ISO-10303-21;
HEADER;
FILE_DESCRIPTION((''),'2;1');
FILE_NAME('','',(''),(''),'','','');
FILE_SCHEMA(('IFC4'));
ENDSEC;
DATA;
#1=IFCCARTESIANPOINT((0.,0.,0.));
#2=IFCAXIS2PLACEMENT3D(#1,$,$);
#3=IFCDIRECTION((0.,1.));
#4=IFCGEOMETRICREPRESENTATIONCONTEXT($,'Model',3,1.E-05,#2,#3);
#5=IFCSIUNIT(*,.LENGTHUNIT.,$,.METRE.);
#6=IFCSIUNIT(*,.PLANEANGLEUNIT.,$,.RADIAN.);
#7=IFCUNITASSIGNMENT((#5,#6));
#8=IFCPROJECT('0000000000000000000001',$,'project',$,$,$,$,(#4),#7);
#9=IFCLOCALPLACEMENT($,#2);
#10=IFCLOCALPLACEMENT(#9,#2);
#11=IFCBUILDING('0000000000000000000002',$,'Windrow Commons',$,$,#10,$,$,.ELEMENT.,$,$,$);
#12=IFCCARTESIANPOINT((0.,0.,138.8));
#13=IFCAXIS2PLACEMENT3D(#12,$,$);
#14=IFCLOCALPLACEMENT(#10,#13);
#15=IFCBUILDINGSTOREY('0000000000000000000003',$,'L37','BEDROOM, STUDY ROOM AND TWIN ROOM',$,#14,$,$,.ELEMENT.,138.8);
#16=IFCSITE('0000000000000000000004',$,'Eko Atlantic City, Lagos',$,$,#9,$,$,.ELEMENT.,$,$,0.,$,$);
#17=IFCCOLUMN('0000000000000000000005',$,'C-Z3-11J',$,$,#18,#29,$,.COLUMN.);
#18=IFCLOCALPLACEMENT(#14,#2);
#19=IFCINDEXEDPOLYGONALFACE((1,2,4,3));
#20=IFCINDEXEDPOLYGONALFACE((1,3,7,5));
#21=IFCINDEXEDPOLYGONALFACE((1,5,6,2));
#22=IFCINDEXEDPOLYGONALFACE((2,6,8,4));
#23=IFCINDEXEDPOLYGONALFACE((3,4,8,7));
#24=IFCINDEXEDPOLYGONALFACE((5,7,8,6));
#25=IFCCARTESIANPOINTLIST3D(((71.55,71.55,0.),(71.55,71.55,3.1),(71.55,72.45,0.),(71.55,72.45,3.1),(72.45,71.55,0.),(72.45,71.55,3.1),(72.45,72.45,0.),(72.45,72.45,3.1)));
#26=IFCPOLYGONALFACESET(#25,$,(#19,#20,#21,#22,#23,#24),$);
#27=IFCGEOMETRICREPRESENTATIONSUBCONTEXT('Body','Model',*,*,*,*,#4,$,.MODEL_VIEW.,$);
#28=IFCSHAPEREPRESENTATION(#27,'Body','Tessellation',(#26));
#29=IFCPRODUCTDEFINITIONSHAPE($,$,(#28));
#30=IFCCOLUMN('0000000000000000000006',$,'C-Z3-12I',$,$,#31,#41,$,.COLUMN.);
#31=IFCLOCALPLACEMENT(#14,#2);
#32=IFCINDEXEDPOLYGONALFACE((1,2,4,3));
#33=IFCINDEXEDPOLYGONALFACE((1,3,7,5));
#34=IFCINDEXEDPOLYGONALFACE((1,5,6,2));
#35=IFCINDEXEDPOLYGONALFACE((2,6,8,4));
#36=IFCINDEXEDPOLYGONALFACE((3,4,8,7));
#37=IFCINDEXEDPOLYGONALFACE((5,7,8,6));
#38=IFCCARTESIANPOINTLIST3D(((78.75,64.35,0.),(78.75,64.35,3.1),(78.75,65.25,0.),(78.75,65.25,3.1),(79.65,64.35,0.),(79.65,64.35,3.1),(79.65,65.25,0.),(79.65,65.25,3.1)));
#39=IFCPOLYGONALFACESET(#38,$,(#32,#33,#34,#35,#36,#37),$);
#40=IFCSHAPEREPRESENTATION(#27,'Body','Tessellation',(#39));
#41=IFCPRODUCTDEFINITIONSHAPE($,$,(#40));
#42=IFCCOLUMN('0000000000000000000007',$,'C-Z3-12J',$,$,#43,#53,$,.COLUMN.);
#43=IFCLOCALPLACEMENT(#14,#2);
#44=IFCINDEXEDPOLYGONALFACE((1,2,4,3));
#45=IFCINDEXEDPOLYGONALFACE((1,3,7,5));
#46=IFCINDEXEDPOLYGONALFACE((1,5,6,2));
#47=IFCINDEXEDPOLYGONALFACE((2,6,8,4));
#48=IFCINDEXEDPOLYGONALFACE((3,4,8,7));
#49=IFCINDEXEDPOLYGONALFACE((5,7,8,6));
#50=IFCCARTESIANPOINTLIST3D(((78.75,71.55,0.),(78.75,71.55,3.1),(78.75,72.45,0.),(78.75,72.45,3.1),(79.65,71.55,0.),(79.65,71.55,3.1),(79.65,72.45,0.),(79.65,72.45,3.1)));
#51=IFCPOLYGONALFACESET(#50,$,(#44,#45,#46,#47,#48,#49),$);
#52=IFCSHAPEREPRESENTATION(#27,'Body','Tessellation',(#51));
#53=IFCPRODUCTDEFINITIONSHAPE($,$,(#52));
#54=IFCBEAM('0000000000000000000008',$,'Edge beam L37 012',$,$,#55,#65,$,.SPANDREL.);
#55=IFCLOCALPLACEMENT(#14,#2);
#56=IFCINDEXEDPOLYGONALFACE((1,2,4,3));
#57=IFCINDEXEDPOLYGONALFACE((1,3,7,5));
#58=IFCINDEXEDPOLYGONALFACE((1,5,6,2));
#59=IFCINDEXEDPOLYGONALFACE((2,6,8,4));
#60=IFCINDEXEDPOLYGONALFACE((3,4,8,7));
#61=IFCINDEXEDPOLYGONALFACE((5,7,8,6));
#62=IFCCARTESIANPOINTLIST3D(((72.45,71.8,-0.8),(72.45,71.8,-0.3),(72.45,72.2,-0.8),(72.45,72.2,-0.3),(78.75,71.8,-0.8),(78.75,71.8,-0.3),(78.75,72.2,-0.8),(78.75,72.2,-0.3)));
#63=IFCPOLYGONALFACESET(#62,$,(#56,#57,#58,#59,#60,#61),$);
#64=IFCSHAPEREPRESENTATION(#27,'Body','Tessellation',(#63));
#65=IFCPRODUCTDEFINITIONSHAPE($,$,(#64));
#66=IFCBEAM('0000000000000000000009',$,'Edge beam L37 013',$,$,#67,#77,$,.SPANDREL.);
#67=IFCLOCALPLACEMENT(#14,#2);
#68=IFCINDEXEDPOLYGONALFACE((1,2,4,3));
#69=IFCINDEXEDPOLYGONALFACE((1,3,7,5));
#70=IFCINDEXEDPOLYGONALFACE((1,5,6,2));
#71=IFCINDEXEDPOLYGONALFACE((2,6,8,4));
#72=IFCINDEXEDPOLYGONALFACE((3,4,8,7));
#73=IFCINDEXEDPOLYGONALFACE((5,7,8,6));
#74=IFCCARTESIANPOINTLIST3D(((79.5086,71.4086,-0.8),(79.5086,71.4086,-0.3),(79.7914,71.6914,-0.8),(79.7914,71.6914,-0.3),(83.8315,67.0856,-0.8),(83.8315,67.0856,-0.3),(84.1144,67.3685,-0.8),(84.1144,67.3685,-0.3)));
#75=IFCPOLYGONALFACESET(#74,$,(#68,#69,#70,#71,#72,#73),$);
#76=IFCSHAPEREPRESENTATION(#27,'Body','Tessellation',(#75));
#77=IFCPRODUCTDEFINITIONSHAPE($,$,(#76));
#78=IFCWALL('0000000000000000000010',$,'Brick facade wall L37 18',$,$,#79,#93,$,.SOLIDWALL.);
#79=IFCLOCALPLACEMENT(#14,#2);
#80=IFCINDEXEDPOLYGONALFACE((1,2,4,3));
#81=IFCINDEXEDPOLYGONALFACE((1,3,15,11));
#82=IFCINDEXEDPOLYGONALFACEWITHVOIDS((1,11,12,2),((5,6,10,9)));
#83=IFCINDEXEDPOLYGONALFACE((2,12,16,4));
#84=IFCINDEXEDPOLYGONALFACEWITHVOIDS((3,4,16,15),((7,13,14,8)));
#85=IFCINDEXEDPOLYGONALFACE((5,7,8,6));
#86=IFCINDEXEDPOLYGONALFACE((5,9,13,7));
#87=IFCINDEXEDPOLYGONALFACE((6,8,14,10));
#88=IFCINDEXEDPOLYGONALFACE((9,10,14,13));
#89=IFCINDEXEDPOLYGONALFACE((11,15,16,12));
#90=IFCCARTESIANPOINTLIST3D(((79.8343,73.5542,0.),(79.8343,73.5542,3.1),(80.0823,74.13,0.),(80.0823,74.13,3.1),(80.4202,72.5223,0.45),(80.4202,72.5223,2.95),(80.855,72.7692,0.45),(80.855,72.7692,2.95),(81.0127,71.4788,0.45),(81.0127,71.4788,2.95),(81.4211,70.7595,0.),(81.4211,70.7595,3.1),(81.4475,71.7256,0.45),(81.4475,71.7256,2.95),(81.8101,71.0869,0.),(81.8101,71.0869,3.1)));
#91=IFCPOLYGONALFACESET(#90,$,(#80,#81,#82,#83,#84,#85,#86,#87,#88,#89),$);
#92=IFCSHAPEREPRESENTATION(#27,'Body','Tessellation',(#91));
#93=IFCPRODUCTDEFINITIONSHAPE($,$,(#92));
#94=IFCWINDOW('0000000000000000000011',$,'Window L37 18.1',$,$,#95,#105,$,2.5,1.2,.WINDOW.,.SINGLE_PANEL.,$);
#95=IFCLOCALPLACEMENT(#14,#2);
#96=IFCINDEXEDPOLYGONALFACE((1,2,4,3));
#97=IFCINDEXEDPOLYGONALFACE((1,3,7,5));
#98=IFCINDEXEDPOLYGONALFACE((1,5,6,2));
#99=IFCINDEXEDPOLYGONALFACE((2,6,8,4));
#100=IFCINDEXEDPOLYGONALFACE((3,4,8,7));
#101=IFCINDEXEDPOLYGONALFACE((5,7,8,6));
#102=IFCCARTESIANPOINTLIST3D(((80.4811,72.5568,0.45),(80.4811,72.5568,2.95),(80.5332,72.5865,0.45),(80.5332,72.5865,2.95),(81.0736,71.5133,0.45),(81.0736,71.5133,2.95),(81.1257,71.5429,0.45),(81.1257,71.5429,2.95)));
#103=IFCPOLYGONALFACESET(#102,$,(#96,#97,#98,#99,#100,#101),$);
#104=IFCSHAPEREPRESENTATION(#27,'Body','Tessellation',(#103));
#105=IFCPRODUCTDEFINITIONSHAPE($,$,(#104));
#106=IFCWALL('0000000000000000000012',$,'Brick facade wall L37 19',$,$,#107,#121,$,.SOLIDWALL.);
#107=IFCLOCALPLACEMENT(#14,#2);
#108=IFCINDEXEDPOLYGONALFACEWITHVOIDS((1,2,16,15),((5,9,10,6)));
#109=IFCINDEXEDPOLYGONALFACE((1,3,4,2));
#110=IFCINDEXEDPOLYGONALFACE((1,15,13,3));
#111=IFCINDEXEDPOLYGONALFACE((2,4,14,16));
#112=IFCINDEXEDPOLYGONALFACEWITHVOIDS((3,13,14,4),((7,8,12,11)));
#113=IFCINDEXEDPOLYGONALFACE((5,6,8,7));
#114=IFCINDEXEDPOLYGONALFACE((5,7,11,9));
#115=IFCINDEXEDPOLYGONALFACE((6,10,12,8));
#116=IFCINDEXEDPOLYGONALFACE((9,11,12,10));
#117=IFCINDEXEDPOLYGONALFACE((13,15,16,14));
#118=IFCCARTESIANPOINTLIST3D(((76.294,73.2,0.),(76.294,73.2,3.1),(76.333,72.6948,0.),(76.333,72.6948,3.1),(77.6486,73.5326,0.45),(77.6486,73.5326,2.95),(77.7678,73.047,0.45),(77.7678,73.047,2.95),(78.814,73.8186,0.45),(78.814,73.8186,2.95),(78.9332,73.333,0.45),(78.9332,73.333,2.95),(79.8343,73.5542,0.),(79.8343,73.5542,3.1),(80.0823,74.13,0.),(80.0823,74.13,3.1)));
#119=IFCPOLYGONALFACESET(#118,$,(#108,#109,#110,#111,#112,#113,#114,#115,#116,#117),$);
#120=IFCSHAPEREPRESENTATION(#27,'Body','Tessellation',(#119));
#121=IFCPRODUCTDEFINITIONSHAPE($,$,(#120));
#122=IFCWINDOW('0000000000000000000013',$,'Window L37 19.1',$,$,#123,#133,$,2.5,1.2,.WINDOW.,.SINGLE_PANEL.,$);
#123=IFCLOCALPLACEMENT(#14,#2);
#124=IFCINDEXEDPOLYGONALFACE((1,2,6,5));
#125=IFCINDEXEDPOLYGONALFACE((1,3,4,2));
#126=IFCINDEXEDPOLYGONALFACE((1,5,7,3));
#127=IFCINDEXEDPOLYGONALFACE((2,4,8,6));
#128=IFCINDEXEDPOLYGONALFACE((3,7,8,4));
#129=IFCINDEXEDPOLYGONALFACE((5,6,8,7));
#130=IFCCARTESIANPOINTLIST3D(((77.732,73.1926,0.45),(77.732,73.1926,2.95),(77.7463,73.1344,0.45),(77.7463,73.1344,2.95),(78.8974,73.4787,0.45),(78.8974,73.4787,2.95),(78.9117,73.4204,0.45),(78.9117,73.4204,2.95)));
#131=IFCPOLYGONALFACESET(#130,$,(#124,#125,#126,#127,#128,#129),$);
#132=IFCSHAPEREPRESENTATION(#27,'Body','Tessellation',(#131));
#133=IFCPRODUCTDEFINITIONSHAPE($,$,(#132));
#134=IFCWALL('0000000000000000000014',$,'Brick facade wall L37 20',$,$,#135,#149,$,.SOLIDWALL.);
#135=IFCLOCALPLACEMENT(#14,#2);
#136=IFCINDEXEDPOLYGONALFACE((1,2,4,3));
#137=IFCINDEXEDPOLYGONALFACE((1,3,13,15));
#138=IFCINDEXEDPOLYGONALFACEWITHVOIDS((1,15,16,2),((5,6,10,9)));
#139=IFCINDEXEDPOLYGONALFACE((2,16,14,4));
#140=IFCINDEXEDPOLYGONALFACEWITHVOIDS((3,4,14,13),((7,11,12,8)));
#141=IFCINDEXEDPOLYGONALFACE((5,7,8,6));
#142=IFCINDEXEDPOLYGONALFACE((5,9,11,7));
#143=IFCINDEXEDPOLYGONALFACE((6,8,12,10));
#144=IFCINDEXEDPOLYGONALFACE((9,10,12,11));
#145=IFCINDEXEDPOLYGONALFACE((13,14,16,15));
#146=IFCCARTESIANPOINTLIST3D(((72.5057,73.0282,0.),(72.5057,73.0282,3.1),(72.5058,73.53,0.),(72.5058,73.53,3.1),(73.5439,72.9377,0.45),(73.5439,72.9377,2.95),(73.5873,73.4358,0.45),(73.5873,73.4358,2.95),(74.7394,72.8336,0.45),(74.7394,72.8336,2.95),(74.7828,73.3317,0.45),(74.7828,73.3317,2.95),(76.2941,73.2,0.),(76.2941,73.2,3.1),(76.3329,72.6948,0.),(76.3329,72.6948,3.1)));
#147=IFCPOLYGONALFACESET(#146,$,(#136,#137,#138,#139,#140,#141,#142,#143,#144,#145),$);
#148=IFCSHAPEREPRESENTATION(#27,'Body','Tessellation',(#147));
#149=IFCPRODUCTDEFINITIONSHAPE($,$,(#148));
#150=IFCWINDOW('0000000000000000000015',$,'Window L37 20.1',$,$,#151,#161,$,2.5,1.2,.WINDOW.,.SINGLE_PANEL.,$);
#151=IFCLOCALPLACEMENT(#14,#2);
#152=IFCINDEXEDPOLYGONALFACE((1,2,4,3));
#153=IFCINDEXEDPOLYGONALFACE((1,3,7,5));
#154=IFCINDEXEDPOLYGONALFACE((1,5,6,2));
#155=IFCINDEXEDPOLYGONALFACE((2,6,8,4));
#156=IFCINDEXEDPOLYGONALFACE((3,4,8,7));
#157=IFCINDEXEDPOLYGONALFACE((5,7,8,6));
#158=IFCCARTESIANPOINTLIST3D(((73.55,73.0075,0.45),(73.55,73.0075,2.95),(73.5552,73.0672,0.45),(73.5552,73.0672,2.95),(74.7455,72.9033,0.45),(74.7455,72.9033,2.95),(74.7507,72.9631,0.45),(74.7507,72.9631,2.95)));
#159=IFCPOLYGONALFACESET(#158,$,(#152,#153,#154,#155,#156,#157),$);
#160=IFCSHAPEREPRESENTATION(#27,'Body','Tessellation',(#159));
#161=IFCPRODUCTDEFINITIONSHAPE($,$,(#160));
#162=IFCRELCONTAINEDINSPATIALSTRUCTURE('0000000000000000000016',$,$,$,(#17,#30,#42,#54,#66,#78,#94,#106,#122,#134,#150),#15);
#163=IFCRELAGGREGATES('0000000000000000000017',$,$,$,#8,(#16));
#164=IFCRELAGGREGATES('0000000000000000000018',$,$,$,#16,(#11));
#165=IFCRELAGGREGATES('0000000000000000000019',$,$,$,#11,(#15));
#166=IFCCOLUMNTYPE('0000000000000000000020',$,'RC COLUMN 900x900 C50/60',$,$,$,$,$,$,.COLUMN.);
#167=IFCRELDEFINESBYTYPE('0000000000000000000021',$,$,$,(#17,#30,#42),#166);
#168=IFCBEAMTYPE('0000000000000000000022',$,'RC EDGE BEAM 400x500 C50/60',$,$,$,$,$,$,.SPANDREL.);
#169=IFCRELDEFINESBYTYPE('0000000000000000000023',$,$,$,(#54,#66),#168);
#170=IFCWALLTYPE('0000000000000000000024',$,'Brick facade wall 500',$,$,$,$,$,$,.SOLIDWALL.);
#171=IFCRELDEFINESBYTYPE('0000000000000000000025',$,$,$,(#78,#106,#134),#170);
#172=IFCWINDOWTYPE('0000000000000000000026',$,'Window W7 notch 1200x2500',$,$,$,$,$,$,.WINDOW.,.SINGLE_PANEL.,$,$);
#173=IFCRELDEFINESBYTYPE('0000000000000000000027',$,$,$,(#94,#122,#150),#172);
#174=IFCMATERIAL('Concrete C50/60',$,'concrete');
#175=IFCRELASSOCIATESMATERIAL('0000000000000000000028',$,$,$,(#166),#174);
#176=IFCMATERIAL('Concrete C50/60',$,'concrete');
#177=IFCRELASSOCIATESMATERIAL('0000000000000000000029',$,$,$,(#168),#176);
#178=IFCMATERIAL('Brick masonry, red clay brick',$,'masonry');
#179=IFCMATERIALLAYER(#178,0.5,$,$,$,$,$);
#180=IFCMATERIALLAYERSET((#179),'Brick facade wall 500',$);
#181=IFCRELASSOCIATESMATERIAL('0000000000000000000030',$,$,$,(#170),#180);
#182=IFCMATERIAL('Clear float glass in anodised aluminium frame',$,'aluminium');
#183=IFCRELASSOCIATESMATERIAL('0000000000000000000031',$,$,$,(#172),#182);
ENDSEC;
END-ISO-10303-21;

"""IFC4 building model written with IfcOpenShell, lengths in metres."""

from ifc_helpers import new_model, si_unit, direction, frame, frame_2d, origin, origin_2d, place, context, subcontext, project, spatial, polyline, rectangle, outline, extrude, material, layer, layer_set, material_profile, profile_set, type_object, element, fill, save


model = new_model("IFC4")

# Units and contexts
model_context = context("Model", 3, precision=1e-05, world=origin(), true_north=direction((0.0, 1.0)))
body_context = subcontext(model_context, "Body", "Model", "MODEL_VIEW")
ifc_project = project(units=[si_unit("LENGTHUNIT", "METRE"), si_unit("PLANEANGLEUNIT", "RADIAN")], contexts=[model_context])

# Site, building, storey
site_placement = place(None, origin())
site = spatial("IfcSite", under=ifc_project, at=site_placement, Name="Eko Atlantic City, Lagos", CompositionType="ELEMENT", RefElevation=0.0)
building_placement = place(site_placement, origin())
building = spatial("IfcBuilding", under=site, at=building_placement, Name="Windrow Commons", CompositionType="ELEMENT")
storey_placement = place(building_placement, frame((0.0, 0.0, 138.8)))
storey = spatial("IfcBuildingStorey", under=building, at=storey_placement, Name="L37", Description="BEDROOM, STUDY ROOM AND TWIN ROOM", CompositionType="ELEMENT", Elevation=138.8)

# Columns
ifc_material_1 = material(Name="Concrete C50/60", Category="concrete")
ifc_material_profile_1 = material_profile(ifc_material_1, rectangle(XDim=0.9, YDim=0.9, at=origin_2d()))
ifc_profile_set_1 = profile_set([ifc_material_profile_1], Name="Concrete C50/60")
column_type = type_object("IfcColumnType", Name="RC COLUMN 900x900 C50/60", PredefinedType="COLUMN", material=ifc_profile_set_1)
for number, where, z_axis, x_axis, name in (
    (1, (72.0, 72.0, 0.0), (0.0, 0.0, 1.0), (1.0, 0.0, 0.0), "C-Z3-11J"),
    (2, (79.2, 64.8, 0.0), (0.0, 0.0, 1.0), (1.0, 0.0, 0.0), "C-Z3-12I"),
    (3, (79.2, 72.0, 0.0), (0.0, 0.0, 1.0), (1.0, 0.0, 0.0), "C-Z3-12J"),
):
    element("IfcColumn", number, at=place(storey_placement, frame(where, z_axis=z_axis, x_axis=x_axis)), inside=storey, type_object=column_type, Name=name, PredefinedType="COLUMN", context=body_context, shape_type="SweptSolid", body=[
        extrude(rectangle(XDim=0.9, YDim=0.9, at=origin_2d()), origin(), (0.0, 0.0, 1.0), 3.1),
    ])

# Beams
ifc_material_2 = material(Name="Concrete C50/60", Category="concrete")
ifc_material_profile_2 = material_profile(ifc_material_2, rectangle(XDim=0.4, YDim=0.5, at=origin_2d()))
ifc_profile_set_2 = profile_set([ifc_material_profile_2], Name="Concrete C50/60")
beam_type = type_object("IfcBeamType", Name="RC EDGE BEAM 400x500 C50/60", PredefinedType="SPANDREL", material=ifc_profile_set_2)
beam_1_placement = place(storey_placement, frame((72.45, 72.0, -0.55), z_axis=(1.0, 0.0, 0.0), x_axis=(0.0, 1.0, 0.0)))
element("IfcBeam", 4, at=beam_1_placement, inside=storey, type_object=beam_type, Name="Edge beam L37 012", PredefinedType="SPANDREL", context=body_context, shape_type="SweptSolid", body=[
    extrude(rectangle(XDim=0.4, YDim=0.5, at=origin_2d()), origin(), (0.0, 0.0, 1.0), 6.3),
])
beam_2_placement = place(storey_placement, frame((79.65, 71.55, -0.55), z_axis=(0.707107, -0.707107, 0.0), x_axis=(0.707107, 0.707107, 0.0)))
element("IfcBeam", 5, at=beam_2_placement, inside=storey, type_object=beam_type, Name="Edge beam L37 013", PredefinedType="SPANDREL", context=body_context, shape_type="SweptSolid", body=[
    extrude(rectangle(XDim=0.4, YDim=0.5, at=origin_2d()), origin(), (0.0, 0.0, 1.0), 6.1136),
])

# Walls, openings, windows
ifc_material_3 = material(Name="Brick masonry, red clay brick", Category="masonry")
ifc_layer_1 = layer(ifc_material_3, 0.5)
ifc_layer_set_1 = layer_set([ifc_layer_1], Name="Brick facade wall 500")
wall_type_1 = type_object("IfcWallType", Name="Brick facade wall 500", PredefinedType="SOLIDWALL", material=ifc_layer_set_1)
wall_1_placement = place(storey_placement, frame((81.6156, 70.9232, 0.0), z_axis=(0.0, 0.0, 1.0), x_axis=(-0.493747, 0.869606, 0.0)))
wall_1 = element("IfcWall", 6, at=wall_1_placement, inside=storey, type_object=wall_type_1, Name="Brick facade wall L37 18", PredefinedType="SOLIDWALL", context=body_context, shape_type="SweptSolid", body=[
    extrude(outline(polyline([(0.0463, -0.25), (3.5457, -0.25), (3.1675, 0.25), (-0.0463, 0.25), (0.0463, -0.25)])), origin(), (0.0, 0.0, 1.0), 3.1),
])
opening_1_placement = place(wall_1_placement, frame((0.7808, 0.0, 0.45)))
opening_1 = element("IfcOpeningElement", 7, at=opening_1_placement, cuts=wall_1, PredefinedType="OPENING", context=body_context, shape_type="SweptSolid", body=[
    extrude(rectangle(XDim=1.2, YDim=2.5, at=frame_2d((0.6, 1.25))), frame((0.0, 0.26, 0.0), z_axis=(0.0, -1.0, 0.0), x_axis=(1.0, 0.0, 0.0)), (0.0, 0.0, 1.0), 0.52),
])
ifc_material_4 = material(Name="Clear float glass in anodised aluminium frame", Category="aluminium")
window_type_1 = type_object("IfcWindowType", Name="Window W7 notch 1200x2500", PartitioningType="SINGLE_PANEL", PredefinedType="WINDOW", material=ifc_material_4)
window_1_placement = place(opening_1_placement, origin())
window_1 = element("IfcWindow", 8, at=window_1_placement, inside=storey, type_object=window_type_1, Name="Window L37 18.1", OverallHeight=2.5, OverallWidth=1.2, PartitioningType="SINGLE_PANEL", PredefinedType="WINDOW", context=body_context, shape_type="SweptSolid", body=[
    extrude(rectangle(XDim=1.2, YDim=2.5, at=frame_2d((0.6, 1.25))), frame((0.0, 0.18, 0.0), z_axis=(0.0, -1.0, 0.0), x_axis=(1.0, 0.0, 0.0)), (0.0, 0.0, 1.0), 0.06),
])
fill(opening_1, window_1)
wall_2_placement = place(storey_placement, frame((79.9583, 73.8421, 0.0), z_axis=(0.0, 0.0, 1.0), x_axis=(-0.971168, -0.238396, 0.0)))
wall_2 = element("IfcWall", 9, at=wall_2_placement, inside=storey, type_object=wall_type_1, Name="Brick facade wall L37 19", PredefinedType="SOLIDWALL", context=body_context, shape_type="SweptSolid", body=[
    extrude(outline(polyline([(-0.1891, -0.25), (3.7117, -0.25), (3.7943, 0.25), (0.1891, 0.25), (-0.1891, -0.25)])), origin(), (0.0, 0.0, 1.0), 3.1),
])
opening_2_placement = place(wall_2_placement, frame((1.1169, 0.0, 0.45)))
opening_2 = element("IfcOpeningElement", 10, at=opening_2_placement, cuts=wall_2, PredefinedType="OPENING", context=body_context, shape_type="SweptSolid", body=[
    extrude(rectangle(XDim=1.2, YDim=2.5, at=frame_2d((0.6, 1.25))), frame((0.0, 0.26, 0.0), z_axis=(0.0, -1.0, 0.0), x_axis=(1.0, 0.0, 0.0)), (0.0, 0.0, 1.0), 0.52),
])
window_2_placement = place(opening_2_placement, origin())
window_2 = element("IfcWindow", 11, at=window_2_placement, inside=storey, type_object=window_type_1, Name="Window L37 19.1", OverallHeight=2.5, OverallWidth=1.2, PartitioningType="SINGLE_PANEL", PredefinedType="WINDOW", context=body_context, shape_type="SweptSolid", body=[
    extrude(rectangle(XDim=1.2, YDim=2.5, at=frame_2d((0.6, 1.25))), frame((0.0, 0.16, 0.0), z_axis=(0.0, -1.0, 0.0), x_axis=(1.0, 0.0, 0.0)), (0.0, 0.0, 1.0), 0.06),
])
fill(opening_2, window_2)
wall_3_placement = place(storey_placement, frame((76.3135, 72.9474, 0.0), z_axis=(0.0, 0.0, 1.0), x_axis=(-0.996227, 0.086784, 0.0)))
wall_3 = element("IfcWall", 12, at=wall_3_placement, inside=storey, type_object=wall_type_1, Name="Brick facade wall L37 20", PredefinedType="SOLIDWALL", context=body_context, shape_type="SweptSolid", body=[
    extrude(outline(polyline([(0.0413, -0.25), (3.8439, -0.25), (3.8004, 0.25), (-0.0413, 0.25), (0.0413, -0.25)])), origin(), (0.0, 0.0, 1.0), 3.1),
])
opening_3_placement = place(wall_3_placement, frame((1.5583, 0.0, 0.45)))
opening_3 = element("IfcOpeningElement", 13, at=opening_3_placement, cuts=wall_3, PredefinedType="OPENING", context=body_context, shape_type="SweptSolid", body=[
    extrude(rectangle(XDim=1.2, YDim=2.5, at=frame_2d((0.6, 1.25))), frame((0.0, 0.26, 0.0), z_axis=(0.0, -1.0, 0.0), x_axis=(1.0, 0.0, 0.0)), (0.0, 0.0, 1.0), 0.52),
])
window_3_placement = place(opening_3_placement, origin())
window_3 = element("IfcWindow", 14, at=window_3_placement, inside=storey, type_object=window_type_1, Name="Window L37 20.1", OverallHeight=2.5, OverallWidth=1.2, PartitioningType="SINGLE_PANEL", PredefinedType="WINDOW", context=body_context, shape_type="SweptSolid", body=[
    extrude(rectangle(XDim=1.2, YDim=2.5, at=frame_2d((0.6, 1.25))), frame((0.0, 0.18, 0.0), z_axis=(0.0, -1.0, 0.0), x_axis=(1.0, 0.0, 0.0)), (0.0, 0.0, 1.0), 0.06),
])
fill(opening_3, window_3)

save(model, "model.ifc")
